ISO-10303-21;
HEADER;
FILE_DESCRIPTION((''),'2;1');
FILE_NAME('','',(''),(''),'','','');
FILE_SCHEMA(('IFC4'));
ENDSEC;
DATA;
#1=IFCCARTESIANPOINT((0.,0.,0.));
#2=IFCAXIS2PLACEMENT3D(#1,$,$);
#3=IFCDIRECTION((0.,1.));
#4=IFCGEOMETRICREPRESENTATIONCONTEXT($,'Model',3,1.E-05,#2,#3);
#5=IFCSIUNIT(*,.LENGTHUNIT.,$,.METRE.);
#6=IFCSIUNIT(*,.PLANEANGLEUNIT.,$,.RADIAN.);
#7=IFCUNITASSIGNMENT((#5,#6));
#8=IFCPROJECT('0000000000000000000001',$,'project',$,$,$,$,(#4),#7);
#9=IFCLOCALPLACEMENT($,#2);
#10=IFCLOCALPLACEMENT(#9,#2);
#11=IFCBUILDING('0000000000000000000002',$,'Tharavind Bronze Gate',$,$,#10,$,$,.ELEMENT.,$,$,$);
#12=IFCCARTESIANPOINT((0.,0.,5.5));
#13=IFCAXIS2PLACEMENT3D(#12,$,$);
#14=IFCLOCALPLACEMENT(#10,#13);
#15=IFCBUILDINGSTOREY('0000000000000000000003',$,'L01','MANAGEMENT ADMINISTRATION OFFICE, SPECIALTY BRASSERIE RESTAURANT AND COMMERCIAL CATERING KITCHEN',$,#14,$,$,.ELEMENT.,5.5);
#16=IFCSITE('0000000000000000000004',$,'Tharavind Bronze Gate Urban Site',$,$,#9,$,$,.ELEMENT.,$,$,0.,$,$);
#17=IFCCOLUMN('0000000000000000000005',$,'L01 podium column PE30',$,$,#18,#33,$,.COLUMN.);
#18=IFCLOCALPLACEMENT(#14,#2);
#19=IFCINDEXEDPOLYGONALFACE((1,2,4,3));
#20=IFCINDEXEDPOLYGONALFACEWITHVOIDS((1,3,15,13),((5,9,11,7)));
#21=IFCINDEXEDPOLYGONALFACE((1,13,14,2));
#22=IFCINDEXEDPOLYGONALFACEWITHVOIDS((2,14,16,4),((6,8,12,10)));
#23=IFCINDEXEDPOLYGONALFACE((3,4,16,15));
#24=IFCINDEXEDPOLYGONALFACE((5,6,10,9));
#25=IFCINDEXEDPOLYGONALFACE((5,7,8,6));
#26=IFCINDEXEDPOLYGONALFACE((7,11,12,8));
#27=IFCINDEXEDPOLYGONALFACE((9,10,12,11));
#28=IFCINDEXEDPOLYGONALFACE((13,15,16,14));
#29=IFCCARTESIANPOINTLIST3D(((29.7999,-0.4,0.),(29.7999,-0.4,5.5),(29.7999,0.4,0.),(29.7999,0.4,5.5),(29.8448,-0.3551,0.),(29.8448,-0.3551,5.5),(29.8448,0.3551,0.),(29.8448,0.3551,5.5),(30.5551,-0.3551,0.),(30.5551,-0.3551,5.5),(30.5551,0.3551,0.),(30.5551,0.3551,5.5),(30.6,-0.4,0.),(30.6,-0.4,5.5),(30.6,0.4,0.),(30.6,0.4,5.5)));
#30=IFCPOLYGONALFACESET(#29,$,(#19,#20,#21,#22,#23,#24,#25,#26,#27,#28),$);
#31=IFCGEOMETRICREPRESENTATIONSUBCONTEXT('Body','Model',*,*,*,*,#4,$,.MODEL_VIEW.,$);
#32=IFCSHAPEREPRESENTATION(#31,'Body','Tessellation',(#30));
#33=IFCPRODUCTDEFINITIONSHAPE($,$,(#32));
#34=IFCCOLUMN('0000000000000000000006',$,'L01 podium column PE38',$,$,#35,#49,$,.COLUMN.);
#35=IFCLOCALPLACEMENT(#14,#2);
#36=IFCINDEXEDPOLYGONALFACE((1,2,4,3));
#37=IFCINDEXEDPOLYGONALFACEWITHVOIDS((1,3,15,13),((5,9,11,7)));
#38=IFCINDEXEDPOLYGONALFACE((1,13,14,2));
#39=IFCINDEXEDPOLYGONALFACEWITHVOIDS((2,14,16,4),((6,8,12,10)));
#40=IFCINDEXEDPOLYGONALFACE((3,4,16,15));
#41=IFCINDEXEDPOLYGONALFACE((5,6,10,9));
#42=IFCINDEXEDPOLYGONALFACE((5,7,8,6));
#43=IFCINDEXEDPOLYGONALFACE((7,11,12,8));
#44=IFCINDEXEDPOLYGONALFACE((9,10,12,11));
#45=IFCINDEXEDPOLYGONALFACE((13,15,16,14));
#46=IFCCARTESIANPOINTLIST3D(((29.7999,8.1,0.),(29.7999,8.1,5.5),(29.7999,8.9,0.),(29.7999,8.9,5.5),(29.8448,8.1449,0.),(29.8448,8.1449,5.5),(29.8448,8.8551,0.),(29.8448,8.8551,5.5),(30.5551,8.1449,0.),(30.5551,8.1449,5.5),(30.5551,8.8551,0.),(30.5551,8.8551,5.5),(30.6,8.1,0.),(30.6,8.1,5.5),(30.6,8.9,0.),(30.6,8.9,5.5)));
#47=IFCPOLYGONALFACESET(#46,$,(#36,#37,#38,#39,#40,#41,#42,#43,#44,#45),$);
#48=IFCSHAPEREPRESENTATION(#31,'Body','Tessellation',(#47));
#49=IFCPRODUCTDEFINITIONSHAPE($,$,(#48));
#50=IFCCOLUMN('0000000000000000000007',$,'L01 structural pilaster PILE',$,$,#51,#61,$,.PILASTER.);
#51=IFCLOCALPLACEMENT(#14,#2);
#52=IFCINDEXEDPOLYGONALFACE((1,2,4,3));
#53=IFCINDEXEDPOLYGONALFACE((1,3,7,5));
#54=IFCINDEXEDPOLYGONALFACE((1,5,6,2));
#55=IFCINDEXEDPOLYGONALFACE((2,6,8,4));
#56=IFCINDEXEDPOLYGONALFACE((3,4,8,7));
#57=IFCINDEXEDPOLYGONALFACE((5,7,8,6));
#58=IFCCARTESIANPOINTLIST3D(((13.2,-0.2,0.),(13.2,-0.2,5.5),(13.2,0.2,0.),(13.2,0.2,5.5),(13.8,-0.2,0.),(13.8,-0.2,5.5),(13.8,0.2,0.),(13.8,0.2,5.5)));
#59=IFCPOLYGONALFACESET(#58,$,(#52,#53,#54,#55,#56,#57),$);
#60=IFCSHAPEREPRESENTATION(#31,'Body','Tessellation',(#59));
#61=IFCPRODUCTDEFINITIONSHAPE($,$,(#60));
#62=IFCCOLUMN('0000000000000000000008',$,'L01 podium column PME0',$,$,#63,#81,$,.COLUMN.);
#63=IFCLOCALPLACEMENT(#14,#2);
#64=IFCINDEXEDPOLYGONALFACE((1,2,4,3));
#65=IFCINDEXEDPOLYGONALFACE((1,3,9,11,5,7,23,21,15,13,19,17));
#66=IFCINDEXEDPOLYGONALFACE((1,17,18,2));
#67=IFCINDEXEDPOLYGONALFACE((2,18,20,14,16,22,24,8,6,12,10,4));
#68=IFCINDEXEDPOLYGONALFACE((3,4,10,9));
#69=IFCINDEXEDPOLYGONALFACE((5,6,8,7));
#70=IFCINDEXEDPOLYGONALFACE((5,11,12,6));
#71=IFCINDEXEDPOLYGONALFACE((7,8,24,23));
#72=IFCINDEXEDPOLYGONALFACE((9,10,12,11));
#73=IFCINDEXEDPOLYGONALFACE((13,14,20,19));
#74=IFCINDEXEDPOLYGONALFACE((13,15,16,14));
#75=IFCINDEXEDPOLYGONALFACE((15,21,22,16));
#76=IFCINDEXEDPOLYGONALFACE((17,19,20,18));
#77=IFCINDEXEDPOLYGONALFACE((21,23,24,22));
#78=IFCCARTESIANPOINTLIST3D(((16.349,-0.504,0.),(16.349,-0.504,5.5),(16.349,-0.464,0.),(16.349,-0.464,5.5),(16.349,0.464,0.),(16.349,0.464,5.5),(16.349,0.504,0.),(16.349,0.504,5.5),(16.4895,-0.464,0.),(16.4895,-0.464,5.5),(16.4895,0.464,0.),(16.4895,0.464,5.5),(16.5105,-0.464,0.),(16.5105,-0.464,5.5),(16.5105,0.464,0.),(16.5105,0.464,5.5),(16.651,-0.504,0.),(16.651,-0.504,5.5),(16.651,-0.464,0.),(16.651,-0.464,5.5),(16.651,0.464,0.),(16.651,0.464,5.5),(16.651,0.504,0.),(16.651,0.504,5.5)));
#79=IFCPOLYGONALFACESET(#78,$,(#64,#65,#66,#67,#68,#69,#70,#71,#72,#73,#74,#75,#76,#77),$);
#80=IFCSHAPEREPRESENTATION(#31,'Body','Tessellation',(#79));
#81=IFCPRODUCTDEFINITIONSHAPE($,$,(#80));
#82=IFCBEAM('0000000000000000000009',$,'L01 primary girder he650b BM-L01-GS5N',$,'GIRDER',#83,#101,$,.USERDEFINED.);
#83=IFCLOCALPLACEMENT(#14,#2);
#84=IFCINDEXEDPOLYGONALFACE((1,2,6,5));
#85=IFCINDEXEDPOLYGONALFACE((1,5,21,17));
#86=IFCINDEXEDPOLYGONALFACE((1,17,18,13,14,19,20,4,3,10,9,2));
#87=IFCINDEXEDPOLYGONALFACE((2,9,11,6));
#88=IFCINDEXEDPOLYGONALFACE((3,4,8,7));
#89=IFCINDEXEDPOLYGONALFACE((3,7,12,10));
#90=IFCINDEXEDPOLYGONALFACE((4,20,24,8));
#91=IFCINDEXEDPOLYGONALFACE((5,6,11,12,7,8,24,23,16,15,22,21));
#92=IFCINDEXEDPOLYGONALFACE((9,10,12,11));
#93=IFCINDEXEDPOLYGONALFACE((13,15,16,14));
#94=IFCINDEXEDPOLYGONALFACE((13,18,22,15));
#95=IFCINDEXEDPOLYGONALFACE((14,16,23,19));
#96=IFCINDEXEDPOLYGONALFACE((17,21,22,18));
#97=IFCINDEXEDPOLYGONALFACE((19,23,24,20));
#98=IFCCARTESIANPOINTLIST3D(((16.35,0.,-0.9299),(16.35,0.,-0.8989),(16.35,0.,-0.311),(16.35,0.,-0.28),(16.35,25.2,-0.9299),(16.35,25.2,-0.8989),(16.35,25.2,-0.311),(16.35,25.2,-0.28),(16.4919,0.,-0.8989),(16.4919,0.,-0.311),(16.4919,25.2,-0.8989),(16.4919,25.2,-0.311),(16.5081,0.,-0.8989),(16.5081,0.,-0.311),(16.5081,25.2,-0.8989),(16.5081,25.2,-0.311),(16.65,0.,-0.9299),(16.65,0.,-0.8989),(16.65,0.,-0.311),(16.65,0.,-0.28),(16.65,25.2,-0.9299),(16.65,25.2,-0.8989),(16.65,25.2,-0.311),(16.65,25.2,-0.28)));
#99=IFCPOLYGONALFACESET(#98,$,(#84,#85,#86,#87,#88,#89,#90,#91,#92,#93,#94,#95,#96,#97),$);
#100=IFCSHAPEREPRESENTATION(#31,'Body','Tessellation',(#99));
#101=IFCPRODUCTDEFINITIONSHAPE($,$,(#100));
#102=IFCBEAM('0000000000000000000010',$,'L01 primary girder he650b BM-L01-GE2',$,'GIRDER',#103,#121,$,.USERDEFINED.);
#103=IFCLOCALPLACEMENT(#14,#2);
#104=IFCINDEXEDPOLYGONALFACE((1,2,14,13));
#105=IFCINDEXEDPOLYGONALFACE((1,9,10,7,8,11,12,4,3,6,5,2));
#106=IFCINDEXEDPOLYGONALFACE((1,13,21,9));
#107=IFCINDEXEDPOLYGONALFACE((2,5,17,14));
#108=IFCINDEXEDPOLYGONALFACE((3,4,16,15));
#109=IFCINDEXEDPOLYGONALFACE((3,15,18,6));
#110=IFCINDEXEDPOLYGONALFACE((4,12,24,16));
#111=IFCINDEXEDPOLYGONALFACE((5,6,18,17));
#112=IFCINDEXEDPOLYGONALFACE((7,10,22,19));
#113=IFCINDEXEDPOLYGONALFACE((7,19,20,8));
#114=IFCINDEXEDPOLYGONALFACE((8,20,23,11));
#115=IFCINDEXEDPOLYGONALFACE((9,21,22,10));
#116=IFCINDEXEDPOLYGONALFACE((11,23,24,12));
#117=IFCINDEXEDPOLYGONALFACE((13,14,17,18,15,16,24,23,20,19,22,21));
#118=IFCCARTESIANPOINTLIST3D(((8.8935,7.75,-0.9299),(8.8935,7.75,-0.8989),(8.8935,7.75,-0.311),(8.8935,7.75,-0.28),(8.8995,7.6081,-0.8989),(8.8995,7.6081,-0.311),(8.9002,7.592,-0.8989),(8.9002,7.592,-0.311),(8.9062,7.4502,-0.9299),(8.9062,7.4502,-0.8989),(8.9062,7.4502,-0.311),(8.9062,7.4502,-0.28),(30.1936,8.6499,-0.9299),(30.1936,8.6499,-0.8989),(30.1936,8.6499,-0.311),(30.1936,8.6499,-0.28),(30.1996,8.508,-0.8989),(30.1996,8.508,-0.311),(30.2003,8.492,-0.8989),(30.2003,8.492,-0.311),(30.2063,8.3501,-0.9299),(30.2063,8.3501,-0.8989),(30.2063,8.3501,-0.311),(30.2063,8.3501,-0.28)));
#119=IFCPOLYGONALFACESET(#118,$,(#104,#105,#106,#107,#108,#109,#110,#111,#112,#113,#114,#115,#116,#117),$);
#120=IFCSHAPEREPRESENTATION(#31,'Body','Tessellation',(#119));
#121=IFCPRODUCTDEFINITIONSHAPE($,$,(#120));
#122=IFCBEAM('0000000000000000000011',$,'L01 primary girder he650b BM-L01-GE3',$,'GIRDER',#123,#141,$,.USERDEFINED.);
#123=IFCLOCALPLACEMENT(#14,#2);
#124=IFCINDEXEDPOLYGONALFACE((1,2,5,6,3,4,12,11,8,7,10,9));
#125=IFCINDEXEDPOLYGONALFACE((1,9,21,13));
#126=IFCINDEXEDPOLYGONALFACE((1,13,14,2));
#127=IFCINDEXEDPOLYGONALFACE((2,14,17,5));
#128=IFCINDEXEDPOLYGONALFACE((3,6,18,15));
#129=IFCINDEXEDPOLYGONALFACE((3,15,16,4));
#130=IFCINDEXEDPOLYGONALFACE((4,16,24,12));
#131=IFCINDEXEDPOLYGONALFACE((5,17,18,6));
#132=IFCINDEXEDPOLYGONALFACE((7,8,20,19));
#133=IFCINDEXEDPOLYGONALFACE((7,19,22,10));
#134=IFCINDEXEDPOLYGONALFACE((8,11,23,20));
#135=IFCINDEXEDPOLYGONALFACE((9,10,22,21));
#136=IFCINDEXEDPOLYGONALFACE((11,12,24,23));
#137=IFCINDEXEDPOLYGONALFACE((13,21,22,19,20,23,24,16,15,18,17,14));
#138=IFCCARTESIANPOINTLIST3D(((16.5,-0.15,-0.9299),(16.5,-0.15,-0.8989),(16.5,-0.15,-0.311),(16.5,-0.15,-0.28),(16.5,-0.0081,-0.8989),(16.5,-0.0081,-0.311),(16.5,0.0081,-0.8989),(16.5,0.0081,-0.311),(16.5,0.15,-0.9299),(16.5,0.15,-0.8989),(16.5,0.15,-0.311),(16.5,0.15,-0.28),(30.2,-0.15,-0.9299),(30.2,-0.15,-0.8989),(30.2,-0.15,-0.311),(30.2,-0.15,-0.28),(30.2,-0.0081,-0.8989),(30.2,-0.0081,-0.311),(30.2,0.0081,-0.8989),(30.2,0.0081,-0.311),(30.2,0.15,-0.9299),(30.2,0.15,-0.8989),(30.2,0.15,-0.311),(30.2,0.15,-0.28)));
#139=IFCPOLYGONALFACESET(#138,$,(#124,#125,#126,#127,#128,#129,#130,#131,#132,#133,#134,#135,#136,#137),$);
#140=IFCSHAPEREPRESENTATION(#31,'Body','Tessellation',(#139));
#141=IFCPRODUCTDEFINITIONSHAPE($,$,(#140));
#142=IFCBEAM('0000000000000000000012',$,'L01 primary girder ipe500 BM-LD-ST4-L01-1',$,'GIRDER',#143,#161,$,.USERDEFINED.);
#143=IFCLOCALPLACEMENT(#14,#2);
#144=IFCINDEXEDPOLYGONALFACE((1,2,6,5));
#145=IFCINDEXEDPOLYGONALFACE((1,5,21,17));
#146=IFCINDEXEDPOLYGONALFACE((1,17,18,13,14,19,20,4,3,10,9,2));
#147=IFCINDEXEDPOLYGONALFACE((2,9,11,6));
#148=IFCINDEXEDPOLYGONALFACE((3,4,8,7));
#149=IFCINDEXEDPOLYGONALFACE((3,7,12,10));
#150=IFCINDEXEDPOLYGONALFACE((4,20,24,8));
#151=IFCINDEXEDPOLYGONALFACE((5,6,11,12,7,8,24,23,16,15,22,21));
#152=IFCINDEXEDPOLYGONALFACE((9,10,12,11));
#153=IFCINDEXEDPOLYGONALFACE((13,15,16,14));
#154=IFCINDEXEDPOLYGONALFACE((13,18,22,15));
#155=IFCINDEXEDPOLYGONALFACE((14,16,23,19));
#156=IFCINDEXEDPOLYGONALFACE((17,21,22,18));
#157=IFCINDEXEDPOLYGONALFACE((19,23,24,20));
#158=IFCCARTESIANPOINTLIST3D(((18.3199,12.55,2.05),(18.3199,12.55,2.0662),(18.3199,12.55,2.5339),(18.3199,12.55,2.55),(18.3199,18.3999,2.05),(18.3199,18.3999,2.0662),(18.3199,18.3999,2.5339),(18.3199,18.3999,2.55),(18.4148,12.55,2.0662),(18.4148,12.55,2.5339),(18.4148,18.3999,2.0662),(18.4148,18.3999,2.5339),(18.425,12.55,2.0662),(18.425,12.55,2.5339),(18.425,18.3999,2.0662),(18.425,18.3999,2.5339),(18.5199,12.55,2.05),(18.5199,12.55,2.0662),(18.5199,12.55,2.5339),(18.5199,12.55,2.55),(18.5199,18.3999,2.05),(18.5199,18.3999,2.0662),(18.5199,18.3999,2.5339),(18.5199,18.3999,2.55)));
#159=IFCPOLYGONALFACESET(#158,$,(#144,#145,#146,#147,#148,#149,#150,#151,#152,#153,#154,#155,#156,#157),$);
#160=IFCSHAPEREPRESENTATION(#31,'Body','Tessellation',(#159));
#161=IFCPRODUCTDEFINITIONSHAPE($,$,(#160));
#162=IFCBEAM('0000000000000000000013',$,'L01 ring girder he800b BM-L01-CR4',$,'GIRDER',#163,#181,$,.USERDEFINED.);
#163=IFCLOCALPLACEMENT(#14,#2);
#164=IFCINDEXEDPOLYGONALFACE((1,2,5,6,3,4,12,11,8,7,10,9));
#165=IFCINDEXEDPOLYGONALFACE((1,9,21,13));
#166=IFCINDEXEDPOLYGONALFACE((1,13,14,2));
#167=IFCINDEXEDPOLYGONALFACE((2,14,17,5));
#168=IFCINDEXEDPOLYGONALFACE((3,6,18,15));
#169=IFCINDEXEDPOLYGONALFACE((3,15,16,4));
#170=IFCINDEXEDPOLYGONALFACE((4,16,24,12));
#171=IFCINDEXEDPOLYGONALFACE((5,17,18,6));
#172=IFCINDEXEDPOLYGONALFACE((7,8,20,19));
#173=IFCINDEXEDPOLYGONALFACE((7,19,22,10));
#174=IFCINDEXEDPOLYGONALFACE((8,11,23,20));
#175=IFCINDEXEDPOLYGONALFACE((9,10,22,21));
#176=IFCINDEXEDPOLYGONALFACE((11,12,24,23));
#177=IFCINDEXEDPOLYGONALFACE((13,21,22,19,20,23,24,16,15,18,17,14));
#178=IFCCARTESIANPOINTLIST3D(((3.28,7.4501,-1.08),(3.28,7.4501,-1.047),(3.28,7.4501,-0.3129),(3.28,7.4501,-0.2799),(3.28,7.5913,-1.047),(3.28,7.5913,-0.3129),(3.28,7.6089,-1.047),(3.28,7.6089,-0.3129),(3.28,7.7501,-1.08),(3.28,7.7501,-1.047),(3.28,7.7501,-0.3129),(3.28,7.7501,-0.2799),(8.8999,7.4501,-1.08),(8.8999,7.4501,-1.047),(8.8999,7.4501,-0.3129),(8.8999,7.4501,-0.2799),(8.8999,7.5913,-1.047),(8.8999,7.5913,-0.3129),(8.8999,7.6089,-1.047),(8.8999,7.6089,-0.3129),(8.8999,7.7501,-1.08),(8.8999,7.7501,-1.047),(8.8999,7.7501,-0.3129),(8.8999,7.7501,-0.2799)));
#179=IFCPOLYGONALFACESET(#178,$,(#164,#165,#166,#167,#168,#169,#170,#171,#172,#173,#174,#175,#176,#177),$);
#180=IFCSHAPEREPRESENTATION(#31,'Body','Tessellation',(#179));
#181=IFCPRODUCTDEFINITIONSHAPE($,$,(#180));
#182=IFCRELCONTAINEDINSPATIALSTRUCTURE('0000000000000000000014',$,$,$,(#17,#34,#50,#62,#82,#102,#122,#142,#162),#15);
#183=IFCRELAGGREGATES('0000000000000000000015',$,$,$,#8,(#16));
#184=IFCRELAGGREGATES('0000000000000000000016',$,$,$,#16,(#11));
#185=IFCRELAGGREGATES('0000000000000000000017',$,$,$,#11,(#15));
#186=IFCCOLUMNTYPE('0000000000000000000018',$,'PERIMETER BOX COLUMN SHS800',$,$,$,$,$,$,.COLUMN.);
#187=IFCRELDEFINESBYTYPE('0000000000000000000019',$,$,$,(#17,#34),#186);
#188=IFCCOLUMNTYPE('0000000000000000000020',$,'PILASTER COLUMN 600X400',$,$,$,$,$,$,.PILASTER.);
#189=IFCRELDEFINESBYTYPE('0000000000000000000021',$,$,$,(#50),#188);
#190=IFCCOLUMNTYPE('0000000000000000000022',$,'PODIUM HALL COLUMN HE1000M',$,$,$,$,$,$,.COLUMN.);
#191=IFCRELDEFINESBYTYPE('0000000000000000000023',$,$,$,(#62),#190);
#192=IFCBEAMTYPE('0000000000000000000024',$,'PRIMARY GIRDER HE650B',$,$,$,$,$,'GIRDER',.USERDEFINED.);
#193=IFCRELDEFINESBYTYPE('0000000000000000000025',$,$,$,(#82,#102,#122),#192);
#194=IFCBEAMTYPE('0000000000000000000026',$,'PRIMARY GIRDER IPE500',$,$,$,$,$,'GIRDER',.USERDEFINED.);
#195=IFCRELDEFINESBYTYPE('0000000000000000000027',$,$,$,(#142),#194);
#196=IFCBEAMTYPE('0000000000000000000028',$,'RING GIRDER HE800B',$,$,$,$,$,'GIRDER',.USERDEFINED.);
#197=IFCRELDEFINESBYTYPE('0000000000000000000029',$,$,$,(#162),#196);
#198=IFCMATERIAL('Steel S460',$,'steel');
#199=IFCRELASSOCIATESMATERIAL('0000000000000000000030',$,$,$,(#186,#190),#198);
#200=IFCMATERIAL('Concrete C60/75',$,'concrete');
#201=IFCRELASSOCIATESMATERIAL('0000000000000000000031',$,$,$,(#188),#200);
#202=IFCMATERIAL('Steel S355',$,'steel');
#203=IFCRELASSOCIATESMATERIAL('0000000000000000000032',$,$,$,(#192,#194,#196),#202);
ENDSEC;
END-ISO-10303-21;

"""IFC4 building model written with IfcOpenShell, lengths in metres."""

from ifc_helpers import new_model, si_unit, direction, frame, origin, origin_2d, place, context, subcontext, project, spatial, rectangle, hollow_rectangle, i_section, extrude, material, material_profile, profile_set, type_object, element, save


model = new_model("IFC4")

# Units and contexts
model_context = context("Model", 3, precision=1e-05, world=origin(), true_north=direction((0.0, 1.0)))
body_context = subcontext(model_context, "Body", "Model", "MODEL_VIEW")
ifc_project = project(units=[si_unit("LENGTHUNIT", "METRE"), si_unit("PLANEANGLEUNIT", "RADIAN")], contexts=[model_context])

# Site, building, storey
site_placement = place(None, origin())
site = spatial("IfcSite", under=ifc_project, at=site_placement, Name="Tharavind Bronze Gate Urban Site", CompositionType="ELEMENT", RefElevation=0.0)
building_placement = place(site_placement, origin())
building = spatial("IfcBuilding", under=site, at=building_placement, Name="Tharavind Bronze Gate", CompositionType="ELEMENT")
storey_placement = place(building_placement, frame((0.0, 0.0, 5.5)))
storey = spatial("IfcBuildingStorey", under=building, at=storey_placement, Name="L01", Description="MANAGEMENT ADMINISTRATION OFFICE, SPECIALTY BRASSERIE RESTAURANT AND COMMERCIAL CATERING KITCHEN", CompositionType="ELEMENT", Elevation=5.5)

# Columns
ifc_material_1 = material(Name="Steel S460", Category="steel")
ifc_material_profile_1 = material_profile(ifc_material_1, hollow_rectangle(XDim=0.8, YDim=0.8, WallThickness=0.0449, at=origin_2d()), Name="SHS800X45")
ifc_profile_set_1 = profile_set([ifc_material_profile_1], Name="Steel S460")
column_type_1 = type_object("IfcColumnType", Name="PERIMETER BOX COLUMN SHS800", PredefinedType="COLUMN", material=ifc_profile_set_1)
for number, where, z_axis, x_axis, name in (
    (1, (30.2, 0.0, 0.0), (0.0, 0.0, 1.0), (1.0, 0.0, 0.0), "L01 podium column PE30"),
    (2, (30.2, 8.5, 0.0), (0.0, 0.0, 1.0), (1.0, 0.0, 0.0), "L01 podium column PE38"),
):
    element("IfcColumn", number, at=place(storey_placement, frame(where, z_axis=z_axis, x_axis=x_axis)), inside=storey, type_object=column_type_1, Name=name, PredefinedType="COLUMN", context=body_context, shape_type="SweptSolid", body=[
        extrude(hollow_rectangle(XDim=0.8, YDim=0.8, WallThickness=0.0449, at=origin_2d()), origin(), (0.0, 0.0, 1.0), 5.5),
    ])
ifc_material_2 = material(Name="Concrete C60/75", Category="concrete")
ifc_material_profile_2 = material_profile(ifc_material_2, rectangle(XDim=0.6001, YDim=0.3999, at=origin_2d()), Name="RCPIL600X400")
ifc_profile_set_2 = profile_set([ifc_material_profile_2], Name="Concrete C60/75")
column_type_2 = type_object("IfcColumnType", Name="PILASTER COLUMN 600X400", PredefinedType="PILASTER", material=ifc_profile_set_2)
column_1_placement = place(storey_placement, frame((13.5, 0.0, 0.0), z_axis=(0.0, 0.0, 1.0), x_axis=(1.0, 0.0, 0.0)))
element("IfcColumn", 3, at=column_1_placement, inside=storey, type_object=column_type_2, Name="L01 structural pilaster PILE", PredefinedType="PILASTER", context=body_context, shape_type="SweptSolid", body=[
    extrude(rectangle(XDim=0.6001, YDim=0.3999, at=origin_2d()), origin(), (0.0, 0.0, 1.0), 5.5),
])
ifc_material_profile_3 = material_profile(ifc_material_1, i_section(OverallWidth=0.302, OverallDepth=1.0081, WebThickness=0.021, FlangeThickness=0.04, at=origin_2d()), Name="HE1000M")
ifc_profile_set_3 = profile_set([ifc_material_profile_3], Name="Steel S460")
column_type_3 = type_object("IfcColumnType", Name="PODIUM HALL COLUMN HE1000M", PredefinedType="COLUMN", material=ifc_profile_set_3)
column_2_placement = place(storey_placement, frame((16.5, 0.0, 0.0), z_axis=(0.0, 0.0, 1.0), x_axis=(1.0, 0.0, 0.0)))
element("IfcColumn", 4, at=column_2_placement, inside=storey, type_object=column_type_3, Name="L01 podium column PME0", PredefinedType="COLUMN", context=body_context, shape_type="SweptSolid", body=[
    extrude(i_section(OverallWidth=0.302, OverallDepth=1.0081, WebThickness=0.021, FlangeThickness=0.04, at=origin_2d()), origin(), (0.0, 0.0, 1.0), 5.5),
])

# Beams
ifc_material_3 = material(Name="Steel S355", Category="steel")
ifc_material_profile_4 = material_profile(ifc_material_3, i_section(OverallWidth=0.3, OverallDepth=0.6499, WebThickness=0.0161, FlangeThickness=0.031, at=origin_2d()), Name="HE650B")
ifc_profile_set_4 = profile_set([ifc_material_profile_4], Name="Steel S355")
beam_type_1 = type_object("IfcBeamType", Name="PRIMARY GIRDER HE650B", ElementType="GIRDER", PredefinedType="USERDEFINED", material=ifc_profile_set_4)
beam_1_placement = place(storey_placement, frame((16.5, 0.0, -0.605), z_axis=(0.0, 1.0, 0.0), x_axis=(-1.0, 0.0, 0.0)))
element("IfcBeam", 5, at=beam_1_placement, inside=storey, type_object=beam_type_1, Name="L01 primary girder he650b BM-L01-GS5N", ObjectType="GIRDER", PredefinedType="USERDEFINED", context=body_context, shape_type="SweptSolid", body=[
    extrude(i_section(OverallWidth=0.3, OverallDepth=0.6499, WebThickness=0.0161, FlangeThickness=0.031, at=origin_2d()), origin(), (0.0, 0.0, 1.0), 25.2),
])
beam_2_placement = place(storey_placement, frame((30.2, 8.5, -0.605), z_axis=(-0.999109, -0.042211, 0.0), x_axis=(0.042211, -0.999109, 0.0)))
element("IfcBeam", 6, at=beam_2_placement, inside=storey, type_object=beam_type_1, Name="L01 primary girder he650b BM-L01-GE2", ObjectType="GIRDER", PredefinedType="USERDEFINED", context=body_context, shape_type="SweptSolid", body=[
    extrude(i_section(OverallWidth=0.3, OverallDepth=0.6499, WebThickness=0.0161, FlangeThickness=0.031, at=origin_2d()), origin(), (0.0, 0.0, 1.0), 21.3191),
])
beam_3_placement = place(storey_placement, frame((30.2, 0.0, -0.605), z_axis=(-1.0, 0.0, 0.0), x_axis=(0.0, -1.0, 0.0)))
element("IfcBeam", 7, at=beam_3_placement, inside=storey, type_object=beam_type_1, Name="L01 primary girder he650b BM-L01-GE3", ObjectType="GIRDER", PredefinedType="USERDEFINED", context=body_context, shape_type="SweptSolid", body=[
    extrude(i_section(OverallWidth=0.3, OverallDepth=0.6499, WebThickness=0.0161, FlangeThickness=0.031, at=origin_2d()), origin(), (0.0, 0.0, 1.0), 13.7),
])
ifc_material_profile_5 = material_profile(ifc_material_3, i_section(OverallWidth=0.2, OverallDepth=0.5, WebThickness=0.0103, FlangeThickness=0.0161, at=origin_2d()), Name="IPE500")
ifc_profile_set_5 = profile_set([ifc_material_profile_5], Name="Steel S355")
beam_type_2 = type_object("IfcBeamType", Name="PRIMARY GIRDER IPE500", ElementType="GIRDER", PredefinedType="USERDEFINED", material=ifc_profile_set_5)
beam_4_placement = place(storey_placement, frame((18.4199, 12.55, 2.3), z_axis=(0.0, 1.0, 0.0), x_axis=(-1.0, 0.0, 0.0)))
element("IfcBeam", 8, at=beam_4_placement, inside=storey, type_object=beam_type_2, Name="L01 primary girder ipe500 BM-LD-ST4-L01-1", ObjectType="GIRDER", PredefinedType="USERDEFINED", context=body_context, shape_type="SweptSolid", body=[
    extrude(i_section(OverallWidth=0.2, OverallDepth=0.5, WebThickness=0.0103, FlangeThickness=0.0161, at=origin_2d()), origin(), (0.0, 0.0, 1.0), 5.8499),
])
ifc_material_profile_6 = material_profile(ifc_material_3, i_section(OverallWidth=0.3, OverallDepth=0.8, WebThickness=0.0176, FlangeThickness=0.033, at=origin_2d()), Name="HE800B")
ifc_profile_set_6 = profile_set([ifc_material_profile_6], Name="Steel S355")
beam_type_3 = type_object("IfcBeamType", Name="RING GIRDER HE800B", ElementType="GIRDER", PredefinedType="USERDEFINED", material=ifc_profile_set_6)
beam_5_placement = place(storey_placement, frame((8.8999, 7.6001, -0.6799), z_axis=(-1.0, 0.0, 0.0), x_axis=(0.0, -1.0, 0.0)))
element("IfcBeam", 9, at=beam_5_placement, inside=storey, type_object=beam_type_3, Name="L01 ring girder he800b BM-L01-CR4", ObjectType="GIRDER", PredefinedType="USERDEFINED", context=body_context, shape_type="SweptSolid", body=[
    extrude(i_section(OverallWidth=0.3, OverallDepth=0.8, WebThickness=0.0176, FlangeThickness=0.033, at=origin_2d()), origin(), (0.0, 0.0, 1.0), 5.6199),
])

save(model, "model.ifc")
